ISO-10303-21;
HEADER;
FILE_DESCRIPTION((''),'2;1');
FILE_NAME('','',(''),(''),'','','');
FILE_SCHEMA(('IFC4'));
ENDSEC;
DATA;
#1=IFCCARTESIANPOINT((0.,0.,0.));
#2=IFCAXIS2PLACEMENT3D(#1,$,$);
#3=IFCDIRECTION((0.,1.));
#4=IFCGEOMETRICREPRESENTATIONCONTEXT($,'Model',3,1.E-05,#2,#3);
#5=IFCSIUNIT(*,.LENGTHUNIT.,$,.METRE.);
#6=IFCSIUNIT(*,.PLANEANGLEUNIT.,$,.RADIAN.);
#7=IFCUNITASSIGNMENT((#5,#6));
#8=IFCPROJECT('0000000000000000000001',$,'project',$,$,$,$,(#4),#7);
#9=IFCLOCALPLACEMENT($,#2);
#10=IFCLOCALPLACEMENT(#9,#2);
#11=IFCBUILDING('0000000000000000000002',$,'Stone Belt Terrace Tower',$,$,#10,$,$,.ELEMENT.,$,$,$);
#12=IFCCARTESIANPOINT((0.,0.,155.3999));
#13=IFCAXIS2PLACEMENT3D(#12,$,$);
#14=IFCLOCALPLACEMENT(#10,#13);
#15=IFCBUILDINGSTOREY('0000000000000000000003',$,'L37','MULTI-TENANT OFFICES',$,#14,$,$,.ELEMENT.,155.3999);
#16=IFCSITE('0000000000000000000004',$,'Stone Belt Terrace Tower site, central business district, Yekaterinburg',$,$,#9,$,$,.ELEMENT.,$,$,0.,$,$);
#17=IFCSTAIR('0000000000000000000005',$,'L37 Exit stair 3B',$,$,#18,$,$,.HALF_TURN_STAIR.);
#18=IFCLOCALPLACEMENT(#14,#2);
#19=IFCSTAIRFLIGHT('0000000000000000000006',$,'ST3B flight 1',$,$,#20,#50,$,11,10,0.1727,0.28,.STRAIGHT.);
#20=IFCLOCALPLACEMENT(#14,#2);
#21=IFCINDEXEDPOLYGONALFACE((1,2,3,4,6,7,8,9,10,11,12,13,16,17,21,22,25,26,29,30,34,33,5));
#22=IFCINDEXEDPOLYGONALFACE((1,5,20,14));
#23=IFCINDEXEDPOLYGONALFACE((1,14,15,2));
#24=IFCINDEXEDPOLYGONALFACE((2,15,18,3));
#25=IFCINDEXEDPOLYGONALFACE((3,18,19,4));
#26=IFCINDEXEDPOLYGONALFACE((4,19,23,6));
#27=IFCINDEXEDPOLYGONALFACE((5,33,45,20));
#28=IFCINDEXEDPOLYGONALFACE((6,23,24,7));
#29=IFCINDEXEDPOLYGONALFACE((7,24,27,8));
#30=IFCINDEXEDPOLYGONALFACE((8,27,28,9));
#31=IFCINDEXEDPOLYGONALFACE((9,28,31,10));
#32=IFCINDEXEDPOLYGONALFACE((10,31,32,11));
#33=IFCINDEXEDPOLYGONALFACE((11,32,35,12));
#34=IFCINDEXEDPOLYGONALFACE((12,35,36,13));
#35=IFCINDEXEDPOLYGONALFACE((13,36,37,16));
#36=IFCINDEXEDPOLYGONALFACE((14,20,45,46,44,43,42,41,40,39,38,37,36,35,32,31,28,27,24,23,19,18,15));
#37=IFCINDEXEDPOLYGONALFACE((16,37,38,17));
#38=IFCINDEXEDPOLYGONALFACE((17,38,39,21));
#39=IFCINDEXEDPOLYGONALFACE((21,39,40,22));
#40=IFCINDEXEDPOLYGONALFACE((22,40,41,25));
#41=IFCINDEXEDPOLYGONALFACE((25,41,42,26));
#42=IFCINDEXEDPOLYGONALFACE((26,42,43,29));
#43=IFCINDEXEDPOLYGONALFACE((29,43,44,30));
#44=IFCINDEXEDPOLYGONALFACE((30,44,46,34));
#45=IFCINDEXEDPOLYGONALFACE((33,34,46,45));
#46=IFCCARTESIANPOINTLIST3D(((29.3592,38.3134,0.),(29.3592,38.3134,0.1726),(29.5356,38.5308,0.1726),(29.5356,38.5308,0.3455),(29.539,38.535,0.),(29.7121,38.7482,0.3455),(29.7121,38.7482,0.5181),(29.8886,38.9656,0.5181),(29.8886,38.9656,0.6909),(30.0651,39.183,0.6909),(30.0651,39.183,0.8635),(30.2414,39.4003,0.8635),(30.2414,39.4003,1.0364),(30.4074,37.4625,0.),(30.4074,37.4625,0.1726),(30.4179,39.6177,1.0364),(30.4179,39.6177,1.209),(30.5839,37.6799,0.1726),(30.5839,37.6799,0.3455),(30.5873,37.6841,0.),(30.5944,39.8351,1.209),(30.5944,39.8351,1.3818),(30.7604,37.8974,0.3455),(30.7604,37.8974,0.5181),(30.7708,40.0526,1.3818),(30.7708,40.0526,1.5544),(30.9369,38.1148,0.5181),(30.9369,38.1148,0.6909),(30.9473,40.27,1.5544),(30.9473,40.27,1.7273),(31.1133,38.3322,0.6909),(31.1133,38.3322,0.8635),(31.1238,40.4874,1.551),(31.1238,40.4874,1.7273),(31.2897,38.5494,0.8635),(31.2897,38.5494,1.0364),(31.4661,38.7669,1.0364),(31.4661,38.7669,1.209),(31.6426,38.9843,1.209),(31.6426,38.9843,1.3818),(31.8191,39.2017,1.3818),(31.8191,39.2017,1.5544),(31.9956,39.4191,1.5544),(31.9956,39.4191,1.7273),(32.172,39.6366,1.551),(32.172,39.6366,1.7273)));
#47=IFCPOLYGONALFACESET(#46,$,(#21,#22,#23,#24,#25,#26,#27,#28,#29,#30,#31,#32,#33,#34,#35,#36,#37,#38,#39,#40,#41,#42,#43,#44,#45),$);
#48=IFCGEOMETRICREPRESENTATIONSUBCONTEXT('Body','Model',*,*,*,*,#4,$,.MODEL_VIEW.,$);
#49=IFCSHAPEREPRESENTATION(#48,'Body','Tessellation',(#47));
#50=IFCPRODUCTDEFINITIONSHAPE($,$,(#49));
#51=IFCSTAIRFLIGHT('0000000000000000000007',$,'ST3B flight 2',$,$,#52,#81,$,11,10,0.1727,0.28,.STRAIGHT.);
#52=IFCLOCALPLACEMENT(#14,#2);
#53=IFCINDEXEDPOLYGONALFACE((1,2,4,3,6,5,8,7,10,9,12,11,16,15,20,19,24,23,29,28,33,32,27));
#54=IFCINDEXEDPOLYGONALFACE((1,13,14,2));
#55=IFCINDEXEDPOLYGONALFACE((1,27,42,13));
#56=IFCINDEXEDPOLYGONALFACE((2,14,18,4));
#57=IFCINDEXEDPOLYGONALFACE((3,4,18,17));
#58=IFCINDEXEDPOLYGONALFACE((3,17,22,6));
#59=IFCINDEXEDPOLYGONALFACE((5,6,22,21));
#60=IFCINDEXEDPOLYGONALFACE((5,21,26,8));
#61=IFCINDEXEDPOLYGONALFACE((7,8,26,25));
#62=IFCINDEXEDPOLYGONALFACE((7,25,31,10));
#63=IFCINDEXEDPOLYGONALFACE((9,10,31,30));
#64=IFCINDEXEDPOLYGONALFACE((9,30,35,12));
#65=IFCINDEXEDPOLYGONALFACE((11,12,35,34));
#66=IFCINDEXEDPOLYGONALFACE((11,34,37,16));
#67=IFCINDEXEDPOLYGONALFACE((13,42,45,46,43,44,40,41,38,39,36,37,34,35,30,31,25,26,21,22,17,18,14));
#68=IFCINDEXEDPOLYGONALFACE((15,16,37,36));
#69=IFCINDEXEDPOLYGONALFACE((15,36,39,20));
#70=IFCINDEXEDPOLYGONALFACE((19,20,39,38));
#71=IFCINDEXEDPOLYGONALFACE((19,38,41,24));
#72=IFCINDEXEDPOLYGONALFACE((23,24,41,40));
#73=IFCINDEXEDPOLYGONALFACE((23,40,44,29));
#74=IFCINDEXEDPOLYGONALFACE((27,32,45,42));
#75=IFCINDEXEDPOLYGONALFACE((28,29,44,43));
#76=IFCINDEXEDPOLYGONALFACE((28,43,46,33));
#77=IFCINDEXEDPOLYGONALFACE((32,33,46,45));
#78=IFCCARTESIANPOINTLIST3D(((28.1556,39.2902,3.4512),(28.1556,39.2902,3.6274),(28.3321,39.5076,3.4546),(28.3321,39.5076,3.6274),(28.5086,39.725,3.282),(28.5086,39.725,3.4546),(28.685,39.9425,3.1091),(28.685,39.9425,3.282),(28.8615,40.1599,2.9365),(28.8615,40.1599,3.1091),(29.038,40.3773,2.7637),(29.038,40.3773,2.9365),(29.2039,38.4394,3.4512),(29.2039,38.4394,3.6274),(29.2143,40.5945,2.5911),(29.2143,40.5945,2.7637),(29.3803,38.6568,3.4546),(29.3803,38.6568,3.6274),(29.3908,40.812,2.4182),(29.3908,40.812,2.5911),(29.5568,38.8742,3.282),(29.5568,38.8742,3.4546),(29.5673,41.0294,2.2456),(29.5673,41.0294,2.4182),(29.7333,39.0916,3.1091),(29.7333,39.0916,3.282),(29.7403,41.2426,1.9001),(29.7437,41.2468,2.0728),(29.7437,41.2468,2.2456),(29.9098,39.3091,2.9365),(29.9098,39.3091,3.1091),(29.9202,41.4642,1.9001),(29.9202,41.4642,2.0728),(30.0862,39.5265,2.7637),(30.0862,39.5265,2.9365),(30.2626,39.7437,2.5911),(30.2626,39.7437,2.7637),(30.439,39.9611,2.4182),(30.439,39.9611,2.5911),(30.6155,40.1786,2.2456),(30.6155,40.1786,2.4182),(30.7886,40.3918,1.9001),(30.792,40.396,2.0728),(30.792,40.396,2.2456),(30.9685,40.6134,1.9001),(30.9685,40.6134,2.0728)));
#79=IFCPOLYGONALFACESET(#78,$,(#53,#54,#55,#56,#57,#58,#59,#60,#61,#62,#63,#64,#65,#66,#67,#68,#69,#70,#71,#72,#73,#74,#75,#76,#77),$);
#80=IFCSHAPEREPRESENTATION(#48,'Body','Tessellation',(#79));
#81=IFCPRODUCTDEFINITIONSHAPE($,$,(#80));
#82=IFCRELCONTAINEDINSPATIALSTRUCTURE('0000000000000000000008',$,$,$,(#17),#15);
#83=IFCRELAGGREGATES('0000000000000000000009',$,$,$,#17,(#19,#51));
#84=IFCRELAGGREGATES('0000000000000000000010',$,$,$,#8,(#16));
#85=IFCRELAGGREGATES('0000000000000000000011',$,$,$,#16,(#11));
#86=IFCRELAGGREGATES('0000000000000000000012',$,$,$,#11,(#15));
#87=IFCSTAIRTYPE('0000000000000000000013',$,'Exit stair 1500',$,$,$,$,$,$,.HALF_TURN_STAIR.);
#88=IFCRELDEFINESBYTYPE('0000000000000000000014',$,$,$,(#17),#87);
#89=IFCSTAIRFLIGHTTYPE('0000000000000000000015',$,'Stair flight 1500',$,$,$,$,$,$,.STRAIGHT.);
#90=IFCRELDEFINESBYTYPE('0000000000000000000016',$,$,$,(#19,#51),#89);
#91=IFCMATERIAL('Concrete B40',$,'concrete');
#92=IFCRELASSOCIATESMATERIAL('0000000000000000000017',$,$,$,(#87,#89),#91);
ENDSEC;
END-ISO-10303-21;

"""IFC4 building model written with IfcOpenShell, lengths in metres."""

from ifc_helpers import new_model, si_unit, direction, frame, origin, place, context, subcontext, project, spatial, polyline, outline, extrude, material, type_object, element, aggregate, save


model = new_model("IFC4")

# Units and contexts
model_context = context("Model", 3, precision=1e-05, world=origin(), true_north=direction((0.0, 1.0)))
body_context = subcontext(model_context, "Body", "Model", "MODEL_VIEW")
ifc_project = project(units=[si_unit("LENGTHUNIT", "METRE"), si_unit("PLANEANGLEUNIT", "RADIAN")], contexts=[model_context])

# Site, building, storey
site_placement = place(None, origin())
site = spatial("IfcSite", under=ifc_project, at=site_placement, Name="Stone Belt Terrace Tower site, central business district, Yekaterinburg", CompositionType="ELEMENT", RefElevation=0.0)
building_placement = place(site_placement, origin())
building = spatial("IfcBuilding", under=site, at=building_placement, Name="Stone Belt Terrace Tower", CompositionType="ELEMENT")
storey_placement = place(building_placement, frame((0.0, 0.0, 155.3999)))
storey = spatial("IfcBuildingStorey", under=building, at=storey_placement, Name="L37", Description="MULTI-TENANT OFFICES", CompositionType="ELEMENT", Elevation=155.3999)

# Shared definitions
ifc_material_1 = material(Name="Concrete B40", Category="concrete")

# Stair
stair_type = type_object("IfcStairType", Name="Exit stair 1500", PredefinedType="HALF_TURN_STAIR", material=ifc_material_1)
stair_1_placement = place(storey_placement, origin())
stair_1 = element("IfcStair", 1, at=stair_1_placement, inside=storey, type_object=stair_type, Name="L37 Exit stair 3B", PredefinedType="HALF_TURN_STAIR")

# Stair flights
stair_flight_type = type_object("IfcStairFlightType", Name="Stair flight 1500", PredefinedType="STRAIGHT", material=ifc_material_1)
stair_flight_1_placement = place(storey_placement, frame((29.8833, 37.8879, 0.0), z_axis=(0.0, 0.0, 1.0), x_axis=(0.630206, 0.776428, 0.0)))
stair_flight_1 = element("IfcStairFlight", 2, at=stair_flight_1_placement, type_object=stair_flight_type, Name="ST3B flight 1", NumberOfRisers=11, NumberOfTreads=10, PredefinedType="STRAIGHT", RiserHeight=0.1727, TreadLength=0.28, context=body_context, shape_type="SweptSolid", body=[
    extrude(outline(polyline([(0.0, 0.0), (0.0, 0.1726), (0.28, 0.1726), (0.28, 0.3455), (0.5601, 0.3455), (0.5601, 0.5181), (0.8401, 0.5181), (0.8401, 0.6909), (1.1201, 0.6909), (1.1201, 0.8635), (1.3999, 0.8635), (1.3999, 1.0364), (1.6799, 1.0364), (1.6799, 1.209), (1.96, 1.209), (1.96, 1.3818), (2.24, 1.3818), (2.24, 1.5544), (2.52, 1.5544), (2.52, 1.7273), (2.8, 1.7273), (2.8, 1.8999), (2.8, 1.551), (0.2854, 0.0), (0.0, 0.0)])), frame((0.0, 0.675, 0.0), z_axis=(0.0, -1.0, 0.0), x_axis=(1.0, 0.0, 0.0)), (0.0, 0.0, 1.0), 1.3501),
])
stair_flight_2_placement = place(storey_placement, frame((30.4443, 41.0388, 1.9001), z_axis=(0.0, 0.0, 1.0), x_axis=(-0.630206, -0.776428, 0.0)))
stair_flight_2 = element("IfcStairFlight", 3, at=stair_flight_2_placement, type_object=stair_flight_type, Name="ST3B flight 2", NumberOfRisers=11, NumberOfTreads=10, PredefinedType="STRAIGHT", RiserHeight=0.1727, TreadLength=0.28, context=body_context, shape_type="SweptSolid", body=[
    extrude(outline(polyline([(0.0, 0.0), (0.0, 0.1726), (0.28, 0.1726), (0.28, 0.3455), (0.5601, 0.3455), (0.5601, 0.5181), (0.8401, 0.5181), (0.8401, 0.6909), (1.1201, 0.6909), (1.1201, 0.8635), (1.3999, 0.8635), (1.3999, 1.0364), (1.6799, 1.0364), (1.6799, 1.209), (1.96, 1.209), (1.96, 1.3818), (2.24, 1.3818), (2.24, 1.5544), (2.52, 1.5544), (2.52, 1.7273), (2.8, 1.7273), (2.8, 1.8999), (2.8, 1.551), (0.2854, 0.0), (0.0, 0.0)])), frame((0.0, 0.675, 0.0), z_axis=(0.0, -1.0, 0.0), x_axis=(1.0, 0.0, 0.0)), (0.0, 0.0, 1.0), 1.3501),
])
aggregate(stair_1, [stair_flight_1, stair_flight_2])

save(model, "model.ifc")
